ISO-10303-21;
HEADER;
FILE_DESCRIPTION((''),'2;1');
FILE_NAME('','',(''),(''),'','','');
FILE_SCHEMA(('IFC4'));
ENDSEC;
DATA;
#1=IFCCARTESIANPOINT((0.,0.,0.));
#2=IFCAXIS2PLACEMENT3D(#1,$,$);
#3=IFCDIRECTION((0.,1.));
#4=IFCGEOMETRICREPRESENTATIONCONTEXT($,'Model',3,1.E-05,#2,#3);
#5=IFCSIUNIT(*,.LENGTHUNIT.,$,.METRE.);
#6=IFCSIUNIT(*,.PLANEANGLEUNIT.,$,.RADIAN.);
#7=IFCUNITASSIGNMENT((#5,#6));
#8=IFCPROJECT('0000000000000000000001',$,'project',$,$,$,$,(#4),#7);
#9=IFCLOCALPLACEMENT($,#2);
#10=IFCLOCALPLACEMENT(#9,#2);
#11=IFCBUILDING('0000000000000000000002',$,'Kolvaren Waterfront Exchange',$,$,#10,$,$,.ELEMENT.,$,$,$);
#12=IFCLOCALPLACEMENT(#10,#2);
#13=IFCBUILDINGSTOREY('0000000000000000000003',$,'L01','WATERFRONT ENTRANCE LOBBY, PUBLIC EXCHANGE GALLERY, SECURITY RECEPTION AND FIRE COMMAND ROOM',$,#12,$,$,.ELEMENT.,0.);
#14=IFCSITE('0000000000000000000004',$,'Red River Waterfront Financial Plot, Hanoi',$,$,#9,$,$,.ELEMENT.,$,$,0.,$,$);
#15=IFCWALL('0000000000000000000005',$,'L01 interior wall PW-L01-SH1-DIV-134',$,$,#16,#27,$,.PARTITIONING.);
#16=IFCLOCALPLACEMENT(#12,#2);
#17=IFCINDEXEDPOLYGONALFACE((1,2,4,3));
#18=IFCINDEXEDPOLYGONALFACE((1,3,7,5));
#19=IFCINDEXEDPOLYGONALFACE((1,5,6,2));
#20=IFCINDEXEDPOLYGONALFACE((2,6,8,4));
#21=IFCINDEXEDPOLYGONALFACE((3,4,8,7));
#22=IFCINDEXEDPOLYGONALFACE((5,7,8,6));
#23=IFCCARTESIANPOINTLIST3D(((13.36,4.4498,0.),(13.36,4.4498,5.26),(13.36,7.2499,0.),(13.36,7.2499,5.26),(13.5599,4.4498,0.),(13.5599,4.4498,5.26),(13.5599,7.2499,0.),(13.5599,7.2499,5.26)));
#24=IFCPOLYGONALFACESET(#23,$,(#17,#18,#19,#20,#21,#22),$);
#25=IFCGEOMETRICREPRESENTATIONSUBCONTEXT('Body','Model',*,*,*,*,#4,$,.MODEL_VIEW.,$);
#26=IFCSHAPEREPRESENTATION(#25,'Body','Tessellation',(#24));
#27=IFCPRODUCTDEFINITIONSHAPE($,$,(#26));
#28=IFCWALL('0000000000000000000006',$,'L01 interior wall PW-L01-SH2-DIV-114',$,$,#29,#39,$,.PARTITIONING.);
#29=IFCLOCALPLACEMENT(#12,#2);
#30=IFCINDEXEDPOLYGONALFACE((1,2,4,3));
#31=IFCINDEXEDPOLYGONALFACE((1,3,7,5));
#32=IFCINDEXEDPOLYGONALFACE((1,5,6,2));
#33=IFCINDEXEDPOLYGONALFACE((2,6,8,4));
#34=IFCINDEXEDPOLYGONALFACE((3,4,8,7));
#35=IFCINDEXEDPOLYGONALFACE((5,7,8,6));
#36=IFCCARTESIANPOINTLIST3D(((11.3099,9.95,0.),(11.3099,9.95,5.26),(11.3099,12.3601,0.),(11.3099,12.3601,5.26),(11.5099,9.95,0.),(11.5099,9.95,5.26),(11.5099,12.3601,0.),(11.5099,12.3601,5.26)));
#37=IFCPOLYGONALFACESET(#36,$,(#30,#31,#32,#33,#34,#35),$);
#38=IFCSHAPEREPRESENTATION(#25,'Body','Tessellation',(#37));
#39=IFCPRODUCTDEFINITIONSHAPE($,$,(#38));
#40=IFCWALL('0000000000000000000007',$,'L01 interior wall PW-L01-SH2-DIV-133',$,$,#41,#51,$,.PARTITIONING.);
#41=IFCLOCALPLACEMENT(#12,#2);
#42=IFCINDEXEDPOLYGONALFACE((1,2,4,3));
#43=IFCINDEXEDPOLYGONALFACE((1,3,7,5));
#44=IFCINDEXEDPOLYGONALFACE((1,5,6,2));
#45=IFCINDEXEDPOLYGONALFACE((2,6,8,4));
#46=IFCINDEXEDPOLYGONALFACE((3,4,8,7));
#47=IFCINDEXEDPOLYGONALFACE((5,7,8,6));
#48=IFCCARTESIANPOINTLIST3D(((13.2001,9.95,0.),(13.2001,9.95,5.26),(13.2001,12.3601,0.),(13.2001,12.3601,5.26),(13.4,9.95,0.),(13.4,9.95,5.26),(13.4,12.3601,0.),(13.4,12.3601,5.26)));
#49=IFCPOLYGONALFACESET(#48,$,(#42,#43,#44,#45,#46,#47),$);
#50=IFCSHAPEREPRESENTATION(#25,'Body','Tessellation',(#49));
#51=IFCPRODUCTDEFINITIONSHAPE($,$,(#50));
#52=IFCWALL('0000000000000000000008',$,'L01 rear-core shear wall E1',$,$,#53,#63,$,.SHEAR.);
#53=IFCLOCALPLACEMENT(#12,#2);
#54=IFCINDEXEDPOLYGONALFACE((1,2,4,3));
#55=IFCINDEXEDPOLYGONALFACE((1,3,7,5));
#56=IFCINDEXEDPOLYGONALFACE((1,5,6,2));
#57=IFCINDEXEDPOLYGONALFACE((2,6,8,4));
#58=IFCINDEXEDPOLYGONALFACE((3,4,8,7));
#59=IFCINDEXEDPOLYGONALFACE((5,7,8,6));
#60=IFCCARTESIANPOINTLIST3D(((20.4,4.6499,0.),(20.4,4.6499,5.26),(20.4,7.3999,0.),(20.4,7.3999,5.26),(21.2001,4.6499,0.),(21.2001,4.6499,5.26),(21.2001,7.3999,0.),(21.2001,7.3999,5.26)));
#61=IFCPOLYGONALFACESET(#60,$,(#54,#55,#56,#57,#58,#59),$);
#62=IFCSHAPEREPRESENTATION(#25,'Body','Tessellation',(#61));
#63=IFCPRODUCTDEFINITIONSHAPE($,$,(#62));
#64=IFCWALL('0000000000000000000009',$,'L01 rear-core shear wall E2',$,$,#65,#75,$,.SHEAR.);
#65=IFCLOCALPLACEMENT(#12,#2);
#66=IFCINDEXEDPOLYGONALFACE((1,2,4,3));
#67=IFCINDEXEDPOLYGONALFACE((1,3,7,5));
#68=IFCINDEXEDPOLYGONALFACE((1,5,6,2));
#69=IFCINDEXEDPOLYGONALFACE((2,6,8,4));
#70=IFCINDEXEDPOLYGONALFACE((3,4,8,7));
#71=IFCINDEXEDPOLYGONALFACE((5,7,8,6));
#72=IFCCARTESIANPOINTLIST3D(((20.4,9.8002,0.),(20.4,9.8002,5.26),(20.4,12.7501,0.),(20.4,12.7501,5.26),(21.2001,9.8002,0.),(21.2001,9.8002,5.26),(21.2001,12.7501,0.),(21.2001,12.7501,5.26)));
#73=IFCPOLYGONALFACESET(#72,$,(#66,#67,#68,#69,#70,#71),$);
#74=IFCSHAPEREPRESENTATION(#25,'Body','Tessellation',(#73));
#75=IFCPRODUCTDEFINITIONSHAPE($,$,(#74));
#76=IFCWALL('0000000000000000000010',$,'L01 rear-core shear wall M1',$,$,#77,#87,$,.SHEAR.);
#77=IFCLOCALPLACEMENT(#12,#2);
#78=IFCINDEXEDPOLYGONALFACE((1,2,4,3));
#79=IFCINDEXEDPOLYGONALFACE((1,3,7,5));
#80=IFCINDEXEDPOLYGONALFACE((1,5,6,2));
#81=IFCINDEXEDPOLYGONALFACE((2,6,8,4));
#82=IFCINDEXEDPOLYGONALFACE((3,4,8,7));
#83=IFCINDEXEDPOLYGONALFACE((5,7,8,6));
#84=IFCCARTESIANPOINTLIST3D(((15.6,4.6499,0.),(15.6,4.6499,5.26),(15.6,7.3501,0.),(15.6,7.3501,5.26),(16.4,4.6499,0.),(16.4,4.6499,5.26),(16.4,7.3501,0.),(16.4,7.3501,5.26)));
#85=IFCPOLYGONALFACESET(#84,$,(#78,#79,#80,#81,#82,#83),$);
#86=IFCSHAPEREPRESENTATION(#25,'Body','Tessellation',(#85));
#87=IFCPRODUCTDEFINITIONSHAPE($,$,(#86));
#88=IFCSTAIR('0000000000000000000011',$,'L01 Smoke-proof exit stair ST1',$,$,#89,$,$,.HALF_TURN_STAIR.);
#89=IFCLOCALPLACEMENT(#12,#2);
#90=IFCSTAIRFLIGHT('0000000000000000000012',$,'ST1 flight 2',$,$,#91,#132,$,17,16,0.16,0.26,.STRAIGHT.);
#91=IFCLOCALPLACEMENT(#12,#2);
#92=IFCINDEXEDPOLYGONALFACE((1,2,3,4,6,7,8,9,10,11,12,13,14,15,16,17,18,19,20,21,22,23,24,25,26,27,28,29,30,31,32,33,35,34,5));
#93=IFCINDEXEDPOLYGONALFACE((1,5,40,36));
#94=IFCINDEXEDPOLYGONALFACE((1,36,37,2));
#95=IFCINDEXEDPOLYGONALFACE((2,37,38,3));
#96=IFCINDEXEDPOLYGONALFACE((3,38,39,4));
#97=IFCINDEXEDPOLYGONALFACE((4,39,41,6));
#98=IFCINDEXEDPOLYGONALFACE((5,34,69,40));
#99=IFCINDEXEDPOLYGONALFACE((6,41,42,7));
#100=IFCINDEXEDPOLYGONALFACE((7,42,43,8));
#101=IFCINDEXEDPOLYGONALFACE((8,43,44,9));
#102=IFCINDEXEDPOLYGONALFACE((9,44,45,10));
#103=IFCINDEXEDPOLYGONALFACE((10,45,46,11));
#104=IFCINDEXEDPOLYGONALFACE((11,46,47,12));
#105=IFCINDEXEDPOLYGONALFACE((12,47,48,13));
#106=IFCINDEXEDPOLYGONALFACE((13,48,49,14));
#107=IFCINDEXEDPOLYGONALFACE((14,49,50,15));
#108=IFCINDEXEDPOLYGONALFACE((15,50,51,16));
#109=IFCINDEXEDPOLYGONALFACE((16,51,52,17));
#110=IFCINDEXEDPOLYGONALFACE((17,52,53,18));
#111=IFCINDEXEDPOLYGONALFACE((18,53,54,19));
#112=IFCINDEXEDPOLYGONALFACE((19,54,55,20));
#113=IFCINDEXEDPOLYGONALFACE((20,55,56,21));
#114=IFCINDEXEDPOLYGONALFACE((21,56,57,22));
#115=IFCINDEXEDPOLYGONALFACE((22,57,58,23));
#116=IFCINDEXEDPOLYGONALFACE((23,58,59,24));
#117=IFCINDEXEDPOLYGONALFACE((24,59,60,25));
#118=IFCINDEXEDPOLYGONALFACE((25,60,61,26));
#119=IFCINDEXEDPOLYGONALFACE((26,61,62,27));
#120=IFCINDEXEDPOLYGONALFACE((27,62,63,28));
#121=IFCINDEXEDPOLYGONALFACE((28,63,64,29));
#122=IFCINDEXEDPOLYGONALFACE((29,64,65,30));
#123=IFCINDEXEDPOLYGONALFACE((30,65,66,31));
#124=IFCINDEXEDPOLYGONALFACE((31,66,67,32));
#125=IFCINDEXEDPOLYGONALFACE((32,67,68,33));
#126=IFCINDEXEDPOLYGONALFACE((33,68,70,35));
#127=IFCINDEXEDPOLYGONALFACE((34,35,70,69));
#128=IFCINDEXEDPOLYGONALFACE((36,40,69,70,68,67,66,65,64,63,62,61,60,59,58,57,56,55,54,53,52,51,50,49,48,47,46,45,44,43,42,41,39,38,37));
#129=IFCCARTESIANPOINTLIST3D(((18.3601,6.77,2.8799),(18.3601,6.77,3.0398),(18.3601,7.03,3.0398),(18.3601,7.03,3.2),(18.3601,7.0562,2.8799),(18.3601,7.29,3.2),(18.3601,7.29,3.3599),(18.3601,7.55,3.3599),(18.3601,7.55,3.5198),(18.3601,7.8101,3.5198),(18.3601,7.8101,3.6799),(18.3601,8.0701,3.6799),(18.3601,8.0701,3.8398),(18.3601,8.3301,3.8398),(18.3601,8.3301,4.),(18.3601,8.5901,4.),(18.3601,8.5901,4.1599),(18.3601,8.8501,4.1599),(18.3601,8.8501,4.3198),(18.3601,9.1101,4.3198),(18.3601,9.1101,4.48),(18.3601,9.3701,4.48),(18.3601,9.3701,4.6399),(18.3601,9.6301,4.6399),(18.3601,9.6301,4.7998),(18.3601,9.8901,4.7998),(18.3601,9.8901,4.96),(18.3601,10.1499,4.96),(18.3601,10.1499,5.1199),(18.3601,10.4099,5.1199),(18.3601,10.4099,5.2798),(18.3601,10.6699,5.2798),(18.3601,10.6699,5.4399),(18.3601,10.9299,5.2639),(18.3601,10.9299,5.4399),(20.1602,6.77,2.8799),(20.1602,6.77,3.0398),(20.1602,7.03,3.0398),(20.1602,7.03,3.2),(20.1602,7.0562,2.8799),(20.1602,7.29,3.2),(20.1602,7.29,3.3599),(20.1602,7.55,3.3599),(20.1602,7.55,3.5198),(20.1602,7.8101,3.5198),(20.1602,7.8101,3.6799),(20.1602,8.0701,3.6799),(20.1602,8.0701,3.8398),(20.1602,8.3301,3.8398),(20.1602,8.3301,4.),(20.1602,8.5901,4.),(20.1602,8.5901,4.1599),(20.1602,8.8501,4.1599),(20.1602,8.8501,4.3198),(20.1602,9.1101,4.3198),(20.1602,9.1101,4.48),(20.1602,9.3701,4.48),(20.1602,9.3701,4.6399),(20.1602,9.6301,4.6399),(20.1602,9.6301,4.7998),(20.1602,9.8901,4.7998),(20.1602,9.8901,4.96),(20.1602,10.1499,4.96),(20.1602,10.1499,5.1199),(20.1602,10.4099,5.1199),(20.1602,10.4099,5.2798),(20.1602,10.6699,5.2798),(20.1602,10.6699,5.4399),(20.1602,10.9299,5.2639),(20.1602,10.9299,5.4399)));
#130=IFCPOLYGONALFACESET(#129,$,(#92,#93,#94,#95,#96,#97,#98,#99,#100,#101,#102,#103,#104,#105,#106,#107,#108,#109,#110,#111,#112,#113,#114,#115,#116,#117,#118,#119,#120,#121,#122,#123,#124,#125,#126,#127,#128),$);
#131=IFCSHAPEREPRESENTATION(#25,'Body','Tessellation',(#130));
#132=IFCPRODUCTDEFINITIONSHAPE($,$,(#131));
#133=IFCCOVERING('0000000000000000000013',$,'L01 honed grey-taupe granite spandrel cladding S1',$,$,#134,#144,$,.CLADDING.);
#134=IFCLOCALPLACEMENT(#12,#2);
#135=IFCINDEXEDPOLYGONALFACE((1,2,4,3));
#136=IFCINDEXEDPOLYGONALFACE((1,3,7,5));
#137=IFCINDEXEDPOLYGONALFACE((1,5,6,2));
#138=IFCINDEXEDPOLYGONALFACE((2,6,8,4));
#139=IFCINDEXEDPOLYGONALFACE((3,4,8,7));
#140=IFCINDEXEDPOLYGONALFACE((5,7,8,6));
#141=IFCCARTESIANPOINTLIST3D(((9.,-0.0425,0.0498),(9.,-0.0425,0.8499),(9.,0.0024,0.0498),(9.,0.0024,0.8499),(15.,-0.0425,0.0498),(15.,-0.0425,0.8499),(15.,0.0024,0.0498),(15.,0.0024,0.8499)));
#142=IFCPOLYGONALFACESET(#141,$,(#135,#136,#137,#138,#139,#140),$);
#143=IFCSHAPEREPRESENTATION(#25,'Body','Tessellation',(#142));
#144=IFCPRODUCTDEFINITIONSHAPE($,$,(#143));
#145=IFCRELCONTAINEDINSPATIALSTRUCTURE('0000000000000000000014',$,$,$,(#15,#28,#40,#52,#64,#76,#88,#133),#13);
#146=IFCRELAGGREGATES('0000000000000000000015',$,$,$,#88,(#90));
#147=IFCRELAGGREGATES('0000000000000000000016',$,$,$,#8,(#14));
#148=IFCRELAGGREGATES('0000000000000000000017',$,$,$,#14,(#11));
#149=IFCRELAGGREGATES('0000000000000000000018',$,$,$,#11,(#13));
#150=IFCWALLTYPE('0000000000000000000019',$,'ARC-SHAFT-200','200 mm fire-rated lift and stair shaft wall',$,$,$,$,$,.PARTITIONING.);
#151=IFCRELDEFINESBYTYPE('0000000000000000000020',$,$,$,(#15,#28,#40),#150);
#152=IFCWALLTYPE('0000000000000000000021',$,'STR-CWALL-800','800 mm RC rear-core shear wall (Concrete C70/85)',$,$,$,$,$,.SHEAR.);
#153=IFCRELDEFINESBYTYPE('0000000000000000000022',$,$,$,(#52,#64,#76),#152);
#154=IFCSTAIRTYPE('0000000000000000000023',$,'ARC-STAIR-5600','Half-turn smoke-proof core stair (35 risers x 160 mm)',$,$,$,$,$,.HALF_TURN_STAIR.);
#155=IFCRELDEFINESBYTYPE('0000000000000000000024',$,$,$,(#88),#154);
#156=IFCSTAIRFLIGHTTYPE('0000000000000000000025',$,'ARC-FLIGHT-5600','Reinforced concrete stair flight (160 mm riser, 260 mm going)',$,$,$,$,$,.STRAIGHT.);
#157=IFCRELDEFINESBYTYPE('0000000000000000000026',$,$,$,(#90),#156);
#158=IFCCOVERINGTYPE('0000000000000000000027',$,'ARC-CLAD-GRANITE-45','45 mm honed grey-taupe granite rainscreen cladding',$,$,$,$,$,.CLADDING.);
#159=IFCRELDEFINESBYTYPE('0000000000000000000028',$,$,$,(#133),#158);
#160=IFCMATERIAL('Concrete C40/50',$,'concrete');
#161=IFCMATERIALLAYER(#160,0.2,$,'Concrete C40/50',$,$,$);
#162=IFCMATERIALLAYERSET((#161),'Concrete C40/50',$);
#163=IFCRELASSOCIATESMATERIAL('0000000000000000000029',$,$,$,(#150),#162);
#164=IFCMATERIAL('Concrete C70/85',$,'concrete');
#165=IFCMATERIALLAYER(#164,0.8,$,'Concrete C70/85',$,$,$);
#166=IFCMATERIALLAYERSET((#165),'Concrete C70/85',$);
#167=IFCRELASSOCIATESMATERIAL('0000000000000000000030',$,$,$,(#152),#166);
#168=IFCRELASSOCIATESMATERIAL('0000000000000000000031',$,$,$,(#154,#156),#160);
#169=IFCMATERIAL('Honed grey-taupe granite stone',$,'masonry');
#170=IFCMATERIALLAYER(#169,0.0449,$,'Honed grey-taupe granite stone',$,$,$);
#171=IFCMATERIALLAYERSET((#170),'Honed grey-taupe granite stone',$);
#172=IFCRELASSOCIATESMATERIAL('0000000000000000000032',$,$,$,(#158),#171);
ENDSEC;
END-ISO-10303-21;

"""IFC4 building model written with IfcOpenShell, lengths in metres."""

from ifc_helpers import new_model, si_unit, direction, frame, frame_2d, origin, origin_2d, place, context, subcontext, project, spatial, polyline, rectangle, outline, extrude, material, layer, layer_set, type_object, element, aggregate, save


model = new_model("IFC4")

# Units and contexts
model_context = context("Model", 3, precision=1e-05, world=origin(), true_north=direction((0.0, 1.0)))
body_context = subcontext(model_context, "Body", "Model", "MODEL_VIEW")
ifc_project = project(units=[si_unit("LENGTHUNIT", "METRE"), si_unit("PLANEANGLEUNIT", "RADIAN")], contexts=[model_context])

# Site, building, storey
site_placement = place(None, origin())
site = spatial("IfcSite", under=ifc_project, at=site_placement, Name="Red River Waterfront Financial Plot, Hanoi", CompositionType="ELEMENT", RefElevation=0.0)
building_placement = place(site_placement, origin())
building = spatial("IfcBuilding", under=site, at=building_placement, Name="Kolvaren Waterfront Exchange", CompositionType="ELEMENT")
storey_placement = place(building_placement, origin())
storey = spatial("IfcBuildingStorey", under=building, at=storey_placement, Name="L01", Description="WATERFRONT ENTRANCE LOBBY, PUBLIC EXCHANGE GALLERY, SECURITY RECEPTION AND FIRE COMMAND ROOM", CompositionType="ELEMENT", Elevation=0.0)

# Shared definitions
ifc_material_1 = material(Name="Concrete C70/85", Category="concrete")

# Walls
ifc_material_2 = material(Name="Concrete C40/50", Category="concrete")
ifc_layer_1 = layer(ifc_material_2, 0.2, Name="Concrete C40/50")
ifc_layer_set_1 = layer_set([ifc_layer_1], Name="Concrete C40/50")
wall_type_1 = type_object("IfcWallType", Name="ARC-SHAFT-200", Description="200 mm fire-rated lift and stair shaft wall", PredefinedType="PARTITIONING", material=ifc_layer_set_1)
for number, where, z_axis, x_axis, name in (
    (1, (13.46, 4.45, 0.0), (0.0, 0.0, 1.0), (0.0, 1.0, 0.0), "L01 interior wall PW-L01-SH1-DIV-134"),
):
    element("IfcWall", number, at=place(storey_placement, frame(where, z_axis=z_axis, x_axis=x_axis)), inside=storey, type_object=wall_type_1, Name=name, PredefinedType="PARTITIONING", context=body_context, shape_type="SweptSolid", body=[
        extrude(rectangle(XDim=2.8, YDim=0.2, at=frame_2d((1.3999, 0.0))), origin(), (0.0, 0.0, 1.0), 5.26),
    ])
for number, where, z_axis, x_axis, name in (
    (2, (11.4099, 9.95, 0.0), (0.0, 0.0, 1.0), (0.0, 1.0, 0.0), "L01 interior wall PW-L01-SH2-DIV-114"),
    (3, (13.3, 9.95, 0.0), (0.0, 0.0, 1.0), (0.0, 1.0, 0.0), "L01 interior wall PW-L01-SH2-DIV-133"),
):
    element("IfcWall", number, at=place(storey_placement, frame(where, z_axis=z_axis, x_axis=x_axis)), inside=storey, type_object=wall_type_1, Name=name, PredefinedType="PARTITIONING", context=body_context, shape_type="SweptSolid", body=[
        extrude(rectangle(XDim=2.4102, YDim=0.2, at=frame_2d((1.2051, 0.0))), origin(), (0.0, 0.0, 1.0), 5.26),
    ])
ifc_layer_2 = layer(ifc_material_1, 0.8, Name="Concrete C70/85")
ifc_layer_set_2 = layer_set([ifc_layer_2], Name="Concrete C70/85")
wall_type_2 = type_object("IfcWallType", Name="STR-CWALL-800", Description="800 mm RC rear-core shear wall (Concrete C70/85)", PredefinedType="SHEAR", material=ifc_layer_set_2)
wall_1_placement = place(storey_placement, frame((20.8, 4.6499, 0.0), z_axis=(0.0, 0.0, 1.0), x_axis=(0.0, 1.0, 0.0)))
element("IfcWall", 4, at=wall_1_placement, inside=storey, type_object=wall_type_2, Name="L01 rear-core shear wall E1", PredefinedType="SHEAR", context=body_context, shape_type="SweptSolid", body=[
    extrude(rectangle(XDim=2.75, YDim=0.8, at=frame_2d((1.375, 0.0))), origin(), (0.0, 0.0, 1.0), 5.26),
])
wall_2_placement = place(storey_placement, frame((20.8, 9.8, 0.0), z_axis=(0.0, 0.0, 1.0), x_axis=(0.0, 1.0, 0.0)))
element("IfcWall", 5, at=wall_2_placement, inside=storey, type_object=wall_type_2, Name="L01 rear-core shear wall E2", PredefinedType="SHEAR", context=body_context, shape_type="SweptSolid", body=[
    extrude(rectangle(XDim=2.95, YDim=0.8, at=frame_2d((1.4751, 0.0))), origin(), (0.0, 0.0, 1.0), 5.26),
])
wall_3_placement = place(storey_placement, frame((16.0, 4.6499, 0.0), z_axis=(0.0, 0.0, 1.0), x_axis=(0.0, 1.0, 0.0)))
element("IfcWall", 6, at=wall_3_placement, inside=storey, type_object=wall_type_2, Name="L01 rear-core shear wall M1", PredefinedType="SHEAR", context=body_context, shape_type="SweptSolid", body=[
    extrude(rectangle(XDim=2.7002, YDim=0.8, at=frame_2d((1.3501, 0.0))), origin(), (0.0, 0.0, 1.0), 5.26),
])

# Stair, stair flight
stair_type = type_object("IfcStairType", Name="ARC-STAIR-5600", Description="Half-turn smoke-proof core stair (35 risers x 160 mm)", PredefinedType="HALF_TURN_STAIR", material=ifc_material_2)
stair_placement = place(storey_placement, origin())
stair = element("IfcStair", 7, at=stair_placement, inside=storey, type_object=stair_type, Name="L01 Smoke-proof exit stair ST1", PredefinedType="HALF_TURN_STAIR")
stair_flight_type = type_object("IfcStairFlightType", Name="ARC-FLIGHT-5600", Description="Reinforced concrete stair flight (160 mm riser, 260 mm going)", PredefinedType="STRAIGHT", material=ifc_material_2)
stair_flight_placement = place(storey_placement, frame((19.26, 6.77, 2.8799), z_axis=(0.0, 0.0, 1.0), x_axis=(0.0, 1.0, 0.0)))
stair_flight = element("IfcStairFlight", 8, at=stair_flight_placement, type_object=stair_flight_type, Name="ST1 flight 2", NumberOfRisers=17, NumberOfTreads=16, PredefinedType="STRAIGHT", RiserHeight=0.16, TreadLength=0.26, context=body_context, shape_type="SweptSolid", body=[
    extrude(outline(polyline([(0.0, 0.0), (0.0, 0.1599), (0.26, 0.1599), (0.26, 0.3201), (0.52, 0.3201), (0.52, 0.48), (0.78, 0.48), (0.78, 0.6399), (1.04, 0.6399), (1.04, 0.8), (1.3, 0.8), (1.3, 0.96), (1.5601, 0.96), (1.5601, 1.1201), (1.8201, 1.1201), (1.8201, 1.28), (2.0801, 1.28), (2.0801, 1.4399), (2.3401, 1.4399), (2.3401, 1.6001), (2.6001, 1.6001), (2.6001, 1.76), (2.8601, 1.76), (2.8601, 1.9199), (3.1201, 1.9199), (3.1201, 2.0801), (3.3799, 2.0801), (3.3799, 2.24), (3.6399, 2.24), (3.6399, 2.3999), (3.8999, 2.3999), (3.8999, 2.5601), (4.1599, 2.5601), (4.1599, 2.72), (4.1599, 2.384), (0.2861, 0.0), (0.0, 0.0)])), frame((0.0, 0.8999, 0.0), z_axis=(0.0, -1.0, 0.0), x_axis=(1.0, 0.0, 0.0)), (0.0, 0.0, 1.0), 1.8),
])
aggregate(stair, [stair_flight])

# Covering
ifc_material_3 = material(Name="Honed grey-taupe granite stone", Category="masonry")
ifc_layer_3 = layer(ifc_material_3, 0.0449, Name="Honed grey-taupe granite stone")
ifc_layer_set_3 = layer_set([ifc_layer_3], Name="Honed grey-taupe granite stone")
covering_type = type_object("IfcCoveringType", Name="ARC-CLAD-GRANITE-45", Description="45 mm honed grey-taupe granite rainscreen cladding", PredefinedType="CLADDING", material=ifc_layer_set_3)
covering_placement = place(storey_placement, frame((12.0, -0.02, 0.0498), z_axis=(0.0, 0.0, 1.0), x_axis=(1.0, 0.0, 0.0)))
element("IfcCovering", 9, at=covering_placement, inside=storey, type_object=covering_type, Name="L01 honed grey-taupe granite spandrel cladding S1", PredefinedType="CLADDING", context=body_context, shape_type="SweptSolid", body=[
    extrude(rectangle(XDim=6.0, YDim=0.0449, at=origin_2d()), origin(), (0.0, 0.0, 1.0), 0.8),
])

save(model, "model.ifc")
